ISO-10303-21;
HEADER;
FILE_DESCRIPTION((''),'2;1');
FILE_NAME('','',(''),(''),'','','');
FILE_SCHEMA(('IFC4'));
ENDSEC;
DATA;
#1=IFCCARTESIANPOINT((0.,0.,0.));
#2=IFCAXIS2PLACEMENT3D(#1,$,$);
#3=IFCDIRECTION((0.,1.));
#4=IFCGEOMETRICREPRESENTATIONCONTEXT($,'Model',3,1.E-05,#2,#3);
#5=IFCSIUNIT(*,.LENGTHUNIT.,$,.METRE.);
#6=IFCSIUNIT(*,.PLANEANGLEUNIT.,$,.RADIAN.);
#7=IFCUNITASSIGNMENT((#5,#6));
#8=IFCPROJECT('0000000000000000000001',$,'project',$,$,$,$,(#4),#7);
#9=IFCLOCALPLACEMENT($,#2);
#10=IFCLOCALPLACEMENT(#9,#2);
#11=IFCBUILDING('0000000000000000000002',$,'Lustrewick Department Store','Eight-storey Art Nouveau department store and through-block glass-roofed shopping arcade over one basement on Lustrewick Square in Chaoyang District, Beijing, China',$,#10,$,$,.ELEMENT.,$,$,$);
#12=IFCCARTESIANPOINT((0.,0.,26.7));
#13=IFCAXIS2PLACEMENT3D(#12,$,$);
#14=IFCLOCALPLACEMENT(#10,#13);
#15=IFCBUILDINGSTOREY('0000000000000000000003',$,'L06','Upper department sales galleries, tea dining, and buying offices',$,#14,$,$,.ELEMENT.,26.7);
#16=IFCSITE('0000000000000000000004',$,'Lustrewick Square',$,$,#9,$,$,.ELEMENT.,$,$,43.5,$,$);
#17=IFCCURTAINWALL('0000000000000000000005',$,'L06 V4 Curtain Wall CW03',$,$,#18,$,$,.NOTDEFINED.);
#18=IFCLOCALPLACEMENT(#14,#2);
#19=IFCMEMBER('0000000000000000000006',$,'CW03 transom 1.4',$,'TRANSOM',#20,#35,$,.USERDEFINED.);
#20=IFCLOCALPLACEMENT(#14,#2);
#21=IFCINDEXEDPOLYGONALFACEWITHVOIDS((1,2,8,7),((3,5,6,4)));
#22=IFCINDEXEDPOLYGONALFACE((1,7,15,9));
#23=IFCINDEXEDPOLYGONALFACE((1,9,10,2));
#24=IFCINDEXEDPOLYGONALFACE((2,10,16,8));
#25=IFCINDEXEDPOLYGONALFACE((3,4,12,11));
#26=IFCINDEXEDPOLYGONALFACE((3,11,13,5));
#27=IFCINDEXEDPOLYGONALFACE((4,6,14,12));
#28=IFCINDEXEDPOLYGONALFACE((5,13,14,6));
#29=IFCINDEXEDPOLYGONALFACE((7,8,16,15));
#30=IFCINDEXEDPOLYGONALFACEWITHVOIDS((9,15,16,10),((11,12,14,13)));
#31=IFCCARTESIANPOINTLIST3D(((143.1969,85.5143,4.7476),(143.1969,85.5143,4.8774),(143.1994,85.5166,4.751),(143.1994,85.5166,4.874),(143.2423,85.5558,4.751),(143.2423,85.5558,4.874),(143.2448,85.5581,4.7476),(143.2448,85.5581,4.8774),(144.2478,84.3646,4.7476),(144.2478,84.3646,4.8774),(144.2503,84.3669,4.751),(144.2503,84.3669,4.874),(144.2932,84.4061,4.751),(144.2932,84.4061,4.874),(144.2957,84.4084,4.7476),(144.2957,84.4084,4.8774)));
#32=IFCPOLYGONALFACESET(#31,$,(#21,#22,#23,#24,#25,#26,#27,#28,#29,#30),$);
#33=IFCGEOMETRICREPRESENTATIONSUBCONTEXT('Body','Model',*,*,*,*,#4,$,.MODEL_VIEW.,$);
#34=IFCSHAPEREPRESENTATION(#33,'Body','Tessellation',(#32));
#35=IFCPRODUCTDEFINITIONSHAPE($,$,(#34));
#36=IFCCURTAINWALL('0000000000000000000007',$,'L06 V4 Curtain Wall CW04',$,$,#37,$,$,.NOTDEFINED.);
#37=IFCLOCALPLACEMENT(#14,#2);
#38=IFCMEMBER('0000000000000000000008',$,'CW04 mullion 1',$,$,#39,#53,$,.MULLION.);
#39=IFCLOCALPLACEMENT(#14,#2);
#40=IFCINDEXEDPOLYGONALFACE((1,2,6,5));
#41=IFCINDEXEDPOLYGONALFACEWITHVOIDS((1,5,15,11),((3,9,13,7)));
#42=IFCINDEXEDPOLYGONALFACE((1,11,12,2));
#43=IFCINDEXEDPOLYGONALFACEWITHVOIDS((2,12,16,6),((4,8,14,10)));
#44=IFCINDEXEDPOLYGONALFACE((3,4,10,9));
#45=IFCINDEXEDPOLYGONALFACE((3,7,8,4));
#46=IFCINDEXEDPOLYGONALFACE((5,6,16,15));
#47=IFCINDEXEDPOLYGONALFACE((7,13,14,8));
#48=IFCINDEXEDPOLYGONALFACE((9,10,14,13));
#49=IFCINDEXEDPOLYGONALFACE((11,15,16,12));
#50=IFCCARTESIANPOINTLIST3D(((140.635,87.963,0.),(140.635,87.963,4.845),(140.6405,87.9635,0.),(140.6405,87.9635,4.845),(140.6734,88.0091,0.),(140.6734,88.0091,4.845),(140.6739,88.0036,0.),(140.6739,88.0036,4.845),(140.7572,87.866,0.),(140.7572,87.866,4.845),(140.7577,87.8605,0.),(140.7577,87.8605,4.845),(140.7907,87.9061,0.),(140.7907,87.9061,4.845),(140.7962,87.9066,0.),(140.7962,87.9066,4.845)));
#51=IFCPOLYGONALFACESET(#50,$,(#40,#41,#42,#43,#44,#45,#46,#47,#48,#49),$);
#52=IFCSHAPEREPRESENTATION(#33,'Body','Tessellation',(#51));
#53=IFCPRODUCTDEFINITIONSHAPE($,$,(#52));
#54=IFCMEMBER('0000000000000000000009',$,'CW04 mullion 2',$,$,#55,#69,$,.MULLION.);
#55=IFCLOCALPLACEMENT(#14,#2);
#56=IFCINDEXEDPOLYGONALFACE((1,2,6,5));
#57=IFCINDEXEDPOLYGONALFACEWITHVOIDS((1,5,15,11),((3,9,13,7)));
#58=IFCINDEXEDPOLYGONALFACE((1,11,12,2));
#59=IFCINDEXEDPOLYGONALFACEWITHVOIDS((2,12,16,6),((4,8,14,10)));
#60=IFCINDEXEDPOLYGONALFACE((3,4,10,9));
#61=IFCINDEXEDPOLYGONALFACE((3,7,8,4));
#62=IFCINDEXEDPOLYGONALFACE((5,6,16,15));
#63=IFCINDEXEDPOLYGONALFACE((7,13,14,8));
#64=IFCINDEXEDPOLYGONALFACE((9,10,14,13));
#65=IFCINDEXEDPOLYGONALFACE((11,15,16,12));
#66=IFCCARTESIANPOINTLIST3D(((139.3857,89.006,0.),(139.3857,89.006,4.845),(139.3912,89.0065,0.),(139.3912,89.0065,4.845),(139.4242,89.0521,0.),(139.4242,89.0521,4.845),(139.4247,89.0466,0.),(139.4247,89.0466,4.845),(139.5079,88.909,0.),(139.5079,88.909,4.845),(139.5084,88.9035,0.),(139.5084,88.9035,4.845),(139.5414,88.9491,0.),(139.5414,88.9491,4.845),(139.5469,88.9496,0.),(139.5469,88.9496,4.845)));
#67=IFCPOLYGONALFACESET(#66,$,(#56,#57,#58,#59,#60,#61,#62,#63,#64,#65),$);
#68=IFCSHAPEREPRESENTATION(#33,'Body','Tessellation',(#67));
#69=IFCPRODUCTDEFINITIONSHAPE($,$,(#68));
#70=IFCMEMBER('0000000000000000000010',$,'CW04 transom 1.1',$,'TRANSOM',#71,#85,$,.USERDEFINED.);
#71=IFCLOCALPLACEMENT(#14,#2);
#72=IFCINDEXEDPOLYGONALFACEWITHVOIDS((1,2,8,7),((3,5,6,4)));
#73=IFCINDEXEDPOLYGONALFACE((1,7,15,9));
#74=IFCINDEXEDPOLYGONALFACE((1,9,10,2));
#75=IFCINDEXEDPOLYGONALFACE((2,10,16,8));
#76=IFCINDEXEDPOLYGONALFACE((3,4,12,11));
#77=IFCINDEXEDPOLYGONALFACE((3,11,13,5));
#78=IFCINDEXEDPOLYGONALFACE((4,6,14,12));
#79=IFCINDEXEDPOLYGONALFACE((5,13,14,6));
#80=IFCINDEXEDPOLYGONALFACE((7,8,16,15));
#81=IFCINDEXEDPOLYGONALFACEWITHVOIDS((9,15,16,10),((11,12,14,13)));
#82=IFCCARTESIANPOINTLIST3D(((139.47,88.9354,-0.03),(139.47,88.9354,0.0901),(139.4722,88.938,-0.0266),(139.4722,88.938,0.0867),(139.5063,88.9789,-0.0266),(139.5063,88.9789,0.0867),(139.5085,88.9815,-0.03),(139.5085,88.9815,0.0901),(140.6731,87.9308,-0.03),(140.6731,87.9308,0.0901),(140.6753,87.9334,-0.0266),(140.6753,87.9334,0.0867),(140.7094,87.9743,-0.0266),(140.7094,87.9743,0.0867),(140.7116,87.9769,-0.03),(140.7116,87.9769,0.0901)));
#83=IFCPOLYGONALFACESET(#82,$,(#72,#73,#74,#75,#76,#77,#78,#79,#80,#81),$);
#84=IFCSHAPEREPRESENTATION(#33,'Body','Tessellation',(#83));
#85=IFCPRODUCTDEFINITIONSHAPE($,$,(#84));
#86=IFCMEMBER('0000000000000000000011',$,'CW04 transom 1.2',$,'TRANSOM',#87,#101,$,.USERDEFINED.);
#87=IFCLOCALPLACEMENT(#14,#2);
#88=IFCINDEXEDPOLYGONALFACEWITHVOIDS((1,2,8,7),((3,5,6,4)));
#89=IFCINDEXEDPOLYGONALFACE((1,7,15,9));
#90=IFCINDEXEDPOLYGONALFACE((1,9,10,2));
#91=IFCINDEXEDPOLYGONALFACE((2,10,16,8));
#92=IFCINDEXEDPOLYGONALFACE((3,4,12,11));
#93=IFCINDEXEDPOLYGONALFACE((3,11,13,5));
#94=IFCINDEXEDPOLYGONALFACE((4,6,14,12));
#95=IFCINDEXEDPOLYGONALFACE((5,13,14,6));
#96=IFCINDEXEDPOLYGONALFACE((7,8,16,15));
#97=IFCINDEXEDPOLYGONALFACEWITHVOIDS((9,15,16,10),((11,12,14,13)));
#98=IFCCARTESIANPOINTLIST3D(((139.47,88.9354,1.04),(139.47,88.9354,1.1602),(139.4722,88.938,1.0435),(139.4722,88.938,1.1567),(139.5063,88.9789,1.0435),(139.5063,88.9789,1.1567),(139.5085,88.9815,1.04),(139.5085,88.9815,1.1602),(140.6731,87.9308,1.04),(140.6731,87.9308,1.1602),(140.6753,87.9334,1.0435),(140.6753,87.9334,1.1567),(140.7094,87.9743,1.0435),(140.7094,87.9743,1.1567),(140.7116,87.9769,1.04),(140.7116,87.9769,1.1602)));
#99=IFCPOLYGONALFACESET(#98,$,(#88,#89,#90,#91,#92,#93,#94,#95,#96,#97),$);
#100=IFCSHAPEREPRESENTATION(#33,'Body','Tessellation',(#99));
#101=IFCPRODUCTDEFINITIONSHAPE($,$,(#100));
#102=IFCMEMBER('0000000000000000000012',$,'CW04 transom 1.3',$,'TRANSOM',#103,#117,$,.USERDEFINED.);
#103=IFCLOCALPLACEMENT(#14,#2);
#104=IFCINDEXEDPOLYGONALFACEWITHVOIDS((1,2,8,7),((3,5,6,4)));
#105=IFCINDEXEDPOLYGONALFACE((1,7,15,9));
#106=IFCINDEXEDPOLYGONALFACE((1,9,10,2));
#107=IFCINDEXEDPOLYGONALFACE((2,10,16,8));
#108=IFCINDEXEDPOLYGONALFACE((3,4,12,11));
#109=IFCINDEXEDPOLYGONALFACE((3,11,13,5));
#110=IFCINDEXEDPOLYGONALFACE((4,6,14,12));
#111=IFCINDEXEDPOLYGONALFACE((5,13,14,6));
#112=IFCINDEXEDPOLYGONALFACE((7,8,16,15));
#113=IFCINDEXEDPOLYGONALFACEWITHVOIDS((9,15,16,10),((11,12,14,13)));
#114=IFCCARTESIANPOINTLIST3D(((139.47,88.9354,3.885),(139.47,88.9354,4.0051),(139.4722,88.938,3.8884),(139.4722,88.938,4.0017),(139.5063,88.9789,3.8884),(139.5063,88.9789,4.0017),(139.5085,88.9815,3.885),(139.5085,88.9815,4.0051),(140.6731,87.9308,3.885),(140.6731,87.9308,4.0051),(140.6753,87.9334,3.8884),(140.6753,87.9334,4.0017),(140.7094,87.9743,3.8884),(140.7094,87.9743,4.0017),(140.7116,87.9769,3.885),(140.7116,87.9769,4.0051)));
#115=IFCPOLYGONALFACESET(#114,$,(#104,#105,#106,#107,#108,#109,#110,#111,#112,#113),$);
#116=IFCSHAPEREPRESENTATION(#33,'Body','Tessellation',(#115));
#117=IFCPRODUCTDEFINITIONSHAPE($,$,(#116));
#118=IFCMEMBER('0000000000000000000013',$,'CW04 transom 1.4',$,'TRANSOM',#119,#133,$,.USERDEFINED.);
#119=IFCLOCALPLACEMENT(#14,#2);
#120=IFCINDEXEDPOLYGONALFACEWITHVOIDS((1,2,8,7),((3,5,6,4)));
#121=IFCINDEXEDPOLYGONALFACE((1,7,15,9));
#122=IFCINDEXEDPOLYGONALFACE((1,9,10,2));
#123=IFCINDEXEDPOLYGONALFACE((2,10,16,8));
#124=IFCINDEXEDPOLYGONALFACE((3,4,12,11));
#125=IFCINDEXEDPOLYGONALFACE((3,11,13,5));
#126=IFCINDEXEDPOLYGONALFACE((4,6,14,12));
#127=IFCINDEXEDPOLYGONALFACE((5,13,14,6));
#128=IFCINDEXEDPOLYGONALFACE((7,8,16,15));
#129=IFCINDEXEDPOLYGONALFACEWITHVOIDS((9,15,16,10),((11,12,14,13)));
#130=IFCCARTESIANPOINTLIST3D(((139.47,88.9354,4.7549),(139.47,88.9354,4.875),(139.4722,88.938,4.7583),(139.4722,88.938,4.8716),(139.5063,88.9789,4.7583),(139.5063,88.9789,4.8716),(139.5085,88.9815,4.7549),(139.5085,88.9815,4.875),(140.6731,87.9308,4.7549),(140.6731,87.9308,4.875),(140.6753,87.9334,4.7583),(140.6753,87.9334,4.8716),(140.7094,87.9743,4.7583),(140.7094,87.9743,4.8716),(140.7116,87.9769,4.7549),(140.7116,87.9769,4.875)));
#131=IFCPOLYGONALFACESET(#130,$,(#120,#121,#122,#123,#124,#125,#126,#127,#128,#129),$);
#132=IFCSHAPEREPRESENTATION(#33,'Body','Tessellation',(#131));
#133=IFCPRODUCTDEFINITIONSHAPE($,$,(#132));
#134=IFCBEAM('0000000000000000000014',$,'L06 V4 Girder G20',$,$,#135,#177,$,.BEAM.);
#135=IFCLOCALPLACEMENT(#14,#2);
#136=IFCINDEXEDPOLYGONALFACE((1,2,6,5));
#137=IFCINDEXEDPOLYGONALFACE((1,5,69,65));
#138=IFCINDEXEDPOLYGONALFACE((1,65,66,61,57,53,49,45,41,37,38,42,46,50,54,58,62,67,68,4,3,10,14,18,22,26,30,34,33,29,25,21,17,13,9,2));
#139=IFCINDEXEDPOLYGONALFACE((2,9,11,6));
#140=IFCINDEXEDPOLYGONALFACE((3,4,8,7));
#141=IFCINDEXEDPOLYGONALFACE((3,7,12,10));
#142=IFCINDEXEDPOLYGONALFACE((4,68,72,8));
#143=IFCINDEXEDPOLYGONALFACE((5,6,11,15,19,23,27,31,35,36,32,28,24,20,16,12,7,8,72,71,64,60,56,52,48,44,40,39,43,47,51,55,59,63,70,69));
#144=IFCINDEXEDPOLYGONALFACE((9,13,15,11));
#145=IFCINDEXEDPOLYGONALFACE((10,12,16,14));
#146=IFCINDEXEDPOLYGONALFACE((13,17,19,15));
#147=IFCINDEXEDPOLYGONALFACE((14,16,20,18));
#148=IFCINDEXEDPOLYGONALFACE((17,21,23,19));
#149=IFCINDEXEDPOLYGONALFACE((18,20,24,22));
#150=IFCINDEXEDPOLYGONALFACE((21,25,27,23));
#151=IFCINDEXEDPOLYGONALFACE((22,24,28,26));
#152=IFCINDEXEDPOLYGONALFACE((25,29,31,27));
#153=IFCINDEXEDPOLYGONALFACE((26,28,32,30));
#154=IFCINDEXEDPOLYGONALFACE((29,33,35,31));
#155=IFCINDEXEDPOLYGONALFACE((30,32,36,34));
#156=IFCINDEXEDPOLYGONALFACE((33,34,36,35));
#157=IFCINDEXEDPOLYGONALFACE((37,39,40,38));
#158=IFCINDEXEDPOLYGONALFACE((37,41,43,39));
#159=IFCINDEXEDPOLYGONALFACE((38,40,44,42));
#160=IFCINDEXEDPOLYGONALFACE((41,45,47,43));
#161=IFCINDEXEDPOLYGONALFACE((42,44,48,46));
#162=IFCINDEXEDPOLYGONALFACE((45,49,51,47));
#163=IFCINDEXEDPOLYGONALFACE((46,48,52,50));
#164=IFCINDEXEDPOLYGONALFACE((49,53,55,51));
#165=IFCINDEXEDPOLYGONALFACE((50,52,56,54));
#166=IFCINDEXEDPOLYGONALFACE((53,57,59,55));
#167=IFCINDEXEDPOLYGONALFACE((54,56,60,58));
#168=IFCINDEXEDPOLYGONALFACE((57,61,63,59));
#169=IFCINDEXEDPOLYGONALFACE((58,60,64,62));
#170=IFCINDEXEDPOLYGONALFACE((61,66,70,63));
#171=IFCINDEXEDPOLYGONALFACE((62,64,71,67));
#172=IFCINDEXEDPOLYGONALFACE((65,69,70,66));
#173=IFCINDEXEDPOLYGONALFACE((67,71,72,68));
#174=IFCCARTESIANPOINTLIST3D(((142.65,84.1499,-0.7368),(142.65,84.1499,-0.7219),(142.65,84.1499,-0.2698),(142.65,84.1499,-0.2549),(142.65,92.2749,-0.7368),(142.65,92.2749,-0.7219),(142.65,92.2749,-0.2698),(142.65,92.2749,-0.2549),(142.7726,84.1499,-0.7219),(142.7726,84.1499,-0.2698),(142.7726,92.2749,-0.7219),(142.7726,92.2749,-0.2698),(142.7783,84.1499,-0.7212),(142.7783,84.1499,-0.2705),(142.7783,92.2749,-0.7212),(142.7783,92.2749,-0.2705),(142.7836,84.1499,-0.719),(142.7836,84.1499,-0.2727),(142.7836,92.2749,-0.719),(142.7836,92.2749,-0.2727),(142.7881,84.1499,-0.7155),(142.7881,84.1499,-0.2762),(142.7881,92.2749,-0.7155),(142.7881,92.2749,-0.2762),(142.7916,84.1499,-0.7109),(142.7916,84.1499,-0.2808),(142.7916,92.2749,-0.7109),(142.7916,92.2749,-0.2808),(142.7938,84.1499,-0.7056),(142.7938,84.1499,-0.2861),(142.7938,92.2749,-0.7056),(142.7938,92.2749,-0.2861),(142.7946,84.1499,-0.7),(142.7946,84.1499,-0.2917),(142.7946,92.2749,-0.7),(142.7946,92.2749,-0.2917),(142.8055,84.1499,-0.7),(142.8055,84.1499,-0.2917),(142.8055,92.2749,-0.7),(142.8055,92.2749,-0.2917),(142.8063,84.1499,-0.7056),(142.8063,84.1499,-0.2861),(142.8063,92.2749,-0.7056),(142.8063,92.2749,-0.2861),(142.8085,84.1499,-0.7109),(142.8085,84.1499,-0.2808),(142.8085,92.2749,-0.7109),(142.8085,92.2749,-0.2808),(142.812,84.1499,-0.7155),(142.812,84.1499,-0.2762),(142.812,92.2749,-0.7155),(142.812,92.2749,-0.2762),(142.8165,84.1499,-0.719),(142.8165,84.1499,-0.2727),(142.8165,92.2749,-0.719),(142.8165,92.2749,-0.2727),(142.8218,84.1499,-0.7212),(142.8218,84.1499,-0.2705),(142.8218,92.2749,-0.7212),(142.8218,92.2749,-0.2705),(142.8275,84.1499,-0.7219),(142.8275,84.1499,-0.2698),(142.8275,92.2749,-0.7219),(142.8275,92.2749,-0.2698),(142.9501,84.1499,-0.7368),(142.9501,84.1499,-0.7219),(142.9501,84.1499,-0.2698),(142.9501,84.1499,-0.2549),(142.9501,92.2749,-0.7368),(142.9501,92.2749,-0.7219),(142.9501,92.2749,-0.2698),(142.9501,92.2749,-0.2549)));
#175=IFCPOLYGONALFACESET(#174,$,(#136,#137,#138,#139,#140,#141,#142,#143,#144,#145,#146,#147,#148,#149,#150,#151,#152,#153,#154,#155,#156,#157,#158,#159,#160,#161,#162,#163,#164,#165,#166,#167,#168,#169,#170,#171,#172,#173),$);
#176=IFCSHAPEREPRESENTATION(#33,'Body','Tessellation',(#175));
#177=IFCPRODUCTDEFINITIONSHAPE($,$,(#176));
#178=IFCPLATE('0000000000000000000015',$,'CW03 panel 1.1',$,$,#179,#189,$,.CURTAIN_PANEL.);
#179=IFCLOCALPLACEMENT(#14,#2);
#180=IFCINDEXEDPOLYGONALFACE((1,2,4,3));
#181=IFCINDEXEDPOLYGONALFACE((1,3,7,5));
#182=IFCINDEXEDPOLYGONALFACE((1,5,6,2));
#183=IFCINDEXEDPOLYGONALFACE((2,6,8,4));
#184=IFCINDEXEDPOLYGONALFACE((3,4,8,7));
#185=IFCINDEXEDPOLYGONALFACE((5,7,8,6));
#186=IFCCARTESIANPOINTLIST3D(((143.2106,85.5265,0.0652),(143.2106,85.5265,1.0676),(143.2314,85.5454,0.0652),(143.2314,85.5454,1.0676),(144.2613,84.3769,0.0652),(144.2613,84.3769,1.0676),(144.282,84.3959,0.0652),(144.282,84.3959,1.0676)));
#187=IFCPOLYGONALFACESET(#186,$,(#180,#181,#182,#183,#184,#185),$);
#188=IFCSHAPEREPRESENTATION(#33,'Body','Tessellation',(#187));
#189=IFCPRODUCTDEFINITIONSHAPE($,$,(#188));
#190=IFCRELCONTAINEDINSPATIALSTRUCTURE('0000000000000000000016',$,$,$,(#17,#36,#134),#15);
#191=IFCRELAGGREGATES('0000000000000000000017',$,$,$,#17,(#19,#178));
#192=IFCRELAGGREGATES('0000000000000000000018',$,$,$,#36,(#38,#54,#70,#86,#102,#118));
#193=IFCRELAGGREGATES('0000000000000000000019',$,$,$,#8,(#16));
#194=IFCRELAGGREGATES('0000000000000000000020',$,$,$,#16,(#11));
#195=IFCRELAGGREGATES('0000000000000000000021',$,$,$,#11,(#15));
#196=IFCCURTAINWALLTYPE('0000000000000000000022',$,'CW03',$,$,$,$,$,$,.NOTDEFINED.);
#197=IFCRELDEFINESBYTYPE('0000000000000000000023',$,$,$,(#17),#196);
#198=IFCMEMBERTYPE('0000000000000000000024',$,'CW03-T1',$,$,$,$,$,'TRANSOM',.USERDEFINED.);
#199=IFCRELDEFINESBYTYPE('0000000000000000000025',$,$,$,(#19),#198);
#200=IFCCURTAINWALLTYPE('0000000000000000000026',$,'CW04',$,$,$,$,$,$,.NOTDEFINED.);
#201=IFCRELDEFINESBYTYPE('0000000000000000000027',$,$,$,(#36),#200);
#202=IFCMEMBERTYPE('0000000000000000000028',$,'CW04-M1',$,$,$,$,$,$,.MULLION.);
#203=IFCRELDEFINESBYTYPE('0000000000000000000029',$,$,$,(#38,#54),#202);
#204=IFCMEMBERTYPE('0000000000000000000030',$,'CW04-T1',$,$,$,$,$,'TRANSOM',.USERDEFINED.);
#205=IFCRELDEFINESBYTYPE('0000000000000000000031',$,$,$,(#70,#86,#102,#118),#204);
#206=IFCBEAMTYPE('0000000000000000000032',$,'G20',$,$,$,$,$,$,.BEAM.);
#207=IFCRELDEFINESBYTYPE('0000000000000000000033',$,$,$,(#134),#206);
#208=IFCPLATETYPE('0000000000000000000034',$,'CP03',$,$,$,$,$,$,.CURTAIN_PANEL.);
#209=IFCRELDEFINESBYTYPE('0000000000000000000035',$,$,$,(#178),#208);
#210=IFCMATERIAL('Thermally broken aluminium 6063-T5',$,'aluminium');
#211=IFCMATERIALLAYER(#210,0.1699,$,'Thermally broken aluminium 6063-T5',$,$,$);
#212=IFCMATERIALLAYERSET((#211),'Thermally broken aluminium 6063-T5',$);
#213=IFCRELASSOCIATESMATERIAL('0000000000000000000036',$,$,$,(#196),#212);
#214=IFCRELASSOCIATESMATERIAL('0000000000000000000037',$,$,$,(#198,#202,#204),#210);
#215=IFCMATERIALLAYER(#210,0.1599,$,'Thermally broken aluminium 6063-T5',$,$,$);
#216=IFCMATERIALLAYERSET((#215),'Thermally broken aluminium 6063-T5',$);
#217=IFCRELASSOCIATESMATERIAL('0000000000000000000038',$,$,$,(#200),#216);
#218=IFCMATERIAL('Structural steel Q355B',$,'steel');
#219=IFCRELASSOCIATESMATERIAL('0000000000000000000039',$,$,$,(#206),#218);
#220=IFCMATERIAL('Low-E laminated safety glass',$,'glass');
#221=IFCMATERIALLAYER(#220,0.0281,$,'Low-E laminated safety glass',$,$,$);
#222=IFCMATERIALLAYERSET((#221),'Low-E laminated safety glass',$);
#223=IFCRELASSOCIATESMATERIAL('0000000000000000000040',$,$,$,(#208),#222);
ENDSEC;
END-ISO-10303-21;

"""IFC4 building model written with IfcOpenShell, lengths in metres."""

from ifc_helpers import new_model, si_unit, direction, frame, origin, origin_2d, place, context, subcontext, project, spatial, rectangle, hollow_rectangle, i_section, extrude, material, layer, layer_set, material_profile, profile_set, type_object, element, aggregate, save


model = new_model("IFC4")

# Units and contexts
model_context = context("Model", 3, precision=1e-05, world=origin(), true_north=direction((0.0, 1.0)))
body_context = subcontext(model_context, "Body", "Model", "MODEL_VIEW")
ifc_project = project(units=[si_unit("LENGTHUNIT", "METRE"), si_unit("PLANEANGLEUNIT", "RADIAN")], contexts=[model_context])

# Site, building, storey
site_placement = place(None, origin())
site = spatial("IfcSite", under=ifc_project, at=site_placement, Name="Lustrewick Square", CompositionType="ELEMENT", RefElevation=43.5)
building_placement = place(site_placement, origin())
building = spatial("IfcBuilding", under=site, at=building_placement, Name="Lustrewick Department Store", Description="Eight-storey Art Nouveau department store and through-block glass-roofed shopping arcade over one basement on Lustrewick Square in Chaoyang District, Beijing, China", CompositionType="ELEMENT")
storey_placement = place(building_placement, frame((0.0, 0.0, 26.7)))
storey = spatial("IfcBuildingStorey", under=building, at=storey_placement, Name="L06", Description="Upper department sales galleries, tea dining, and buying offices", CompositionType="ELEMENT", Elevation=26.7)

# Shared definitions
ifc_material_1 = material(Name="Structural steel Q355B", Category="steel")

# Curtain walls, members
ifc_material_2 = material(Name="Thermally broken aluminium 6063-T5", Category="aluminium")
ifc_layer_1 = layer(ifc_material_2, 0.1699, Name="Thermally broken aluminium 6063-T5")
ifc_layer_set_1 = layer_set([ifc_layer_1], Name="Thermally broken aluminium 6063-T5")
curtain_wall_type_1 = type_object("IfcCurtainWallType", Name="CW03", PredefinedType="NOTDEFINED", material=ifc_layer_set_1)
curtain_wall_1_placement = place(storey_placement, origin())
curtain_wall_1 = element("IfcCurtainWall", 1, at=curtain_wall_1_placement, inside=storey, type_object=curtain_wall_type_1, Name="L06 V4 Curtain Wall CW03", PredefinedType="NOTDEFINED")
ifc_material_profile_1 = material_profile(ifc_material_2, hollow_rectangle(XDim=0.0649, YDim=0.1299, WallThickness=0.0034, at=origin_2d()), Name="ALU-T 65x130x3.5")
ifc_profile_set_1 = profile_set([ifc_material_profile_1], Name="Thermally broken aluminium 6063-T5")
member_type_1 = type_object("IfcMemberType", Name="CW03-T1", ElementType="TRANSOM", PredefinedType="USERDEFINED", material=ifc_profile_set_1)
member_1_placement = place(storey_placement, frame((144.2717, 84.3865, 4.8125), z_axis=(-0.674652, 0.738136, 0.0), x_axis=(-0.738136, -0.674652, 0.0)))
member_1 = element("IfcMember", 2, at=member_1_placement, type_object=member_type_1, Name="CW03 transom 1.4", ObjectType="TRANSOM", PredefinedType="USERDEFINED", context=body_context, shape_type="SweptSolid", body=[
    extrude(hollow_rectangle(XDim=0.0649, YDim=0.1299, WallThickness=0.0034, at=origin_2d()), origin(), (0.0, 0.0, 1.0), 1.5576),
])
ifc_layer_2 = layer(ifc_material_2, 0.1599, Name="Thermally broken aluminium 6063-T5")
ifc_layer_set_2 = layer_set([ifc_layer_2], Name="Thermally broken aluminium 6063-T5")
curtain_wall_type_2 = type_object("IfcCurtainWallType", Name="CW04", PredefinedType="NOTDEFINED", material=ifc_layer_set_2)
curtain_wall_2_placement = place(storey_placement, origin())
curtain_wall_2 = element("IfcCurtainWall", 3, at=curtain_wall_2_placement, inside=storey, type_object=curtain_wall_type_2, Name="L06 V4 Curtain Wall CW04", PredefinedType="NOTDEFINED")
ifc_material_profile_2 = material_profile(ifc_material_2, hollow_rectangle(XDim=0.0601, YDim=0.1599, WallThickness=0.0039, at=origin_2d()), Name="ALU-M 60x160x4")
ifc_profile_set_2 = profile_set([ifc_material_profile_2], Name="Thermally broken aluminium 6063-T5")
member_type_2 = type_object("IfcMemberType", Name="CW04-M1", PredefinedType="MULLION", material=ifc_profile_set_2)
member_2_placement = place(storey_placement, frame((140.7156, 87.9348, 0.0), z_axis=(0.0, 0.0, 1.0), x_axis=(-0.640878, -0.767643, 0.0)))
member_2 = element("IfcMember", 4, at=member_2_placement, type_object=member_type_2, Name="CW04 mullion 1", PredefinedType="MULLION", context=body_context, shape_type="SweptSolid", body=[
    extrude(hollow_rectangle(XDim=0.0601, YDim=0.1599, WallThickness=0.0039, at=origin_2d()), origin(), (0.0, 0.0, 1.0), 4.845),
])
member_3_placement = place(storey_placement, frame((139.4663, 88.9778, 0.0), z_axis=(0.0, 0.0, 1.0), x_axis=(-0.640878, -0.767643, 0.0)))
member_3 = element("IfcMember", 5, at=member_3_placement, type_object=member_type_2, Name="CW04 mullion 2", PredefinedType="MULLION", context=body_context, shape_type="SweptSolid", body=[
    extrude(hollow_rectangle(XDim=0.0601, YDim=0.1599, WallThickness=0.0039, at=origin_2d()), origin(), (0.0, 0.0, 1.0), 4.845),
])
ifc_material_profile_3 = material_profile(ifc_material_2, hollow_rectangle(XDim=0.0601, YDim=0.1201, WallThickness=0.0034, at=origin_2d()), Name="ALU-T 60x120x3.5")
ifc_profile_set_3 = profile_set([ifc_material_profile_3], Name="Thermally broken aluminium 6063-T5")
member_type_3 = type_object("IfcMemberType", Name="CW04-T1", ElementType="TRANSOM", PredefinedType="USERDEFINED", material=ifc_profile_set_3)
member_4_placement = place(storey_placement, frame((140.6924, 87.9539, 0.03), z_axis=(-0.767583, 0.64095, 0.0), x_axis=(-0.64095, -0.767583, 0.0)))
member_4 = element("IfcMember", 6, at=member_4_placement, type_object=member_type_3, Name="CW04 transom 1.1", ObjectType="TRANSOM", PredefinedType="USERDEFINED", context=body_context, shape_type="SweptSolid", body=[
    extrude(hollow_rectangle(XDim=0.0601, YDim=0.1201, WallThickness=0.0034, at=origin_2d()), origin(), (0.0, 0.0, 1.0), 1.5674),
])
member_5_placement = place(storey_placement, frame((140.6924, 87.9539, 1.1001), z_axis=(-0.767583, 0.64095, 0.0), x_axis=(-0.64095, -0.767583, 0.0)))
member_5 = element("IfcMember", 7, at=member_5_placement, type_object=member_type_3, Name="CW04 transom 1.2", ObjectType="TRANSOM", PredefinedType="USERDEFINED", context=body_context, shape_type="SweptSolid", body=[
    extrude(hollow_rectangle(XDim=0.0601, YDim=0.1201, WallThickness=0.0034, at=origin_2d()), origin(), (0.0, 0.0, 1.0), 1.5674),
])
member_6_placement = place(storey_placement, frame((140.6924, 87.9539, 3.9451), z_axis=(-0.767583, 0.64095, 0.0), x_axis=(-0.64095, -0.767583, 0.0)))
member_6 = element("IfcMember", 8, at=member_6_placement, type_object=member_type_3, Name="CW04 transom 1.3", ObjectType="TRANSOM", PredefinedType="USERDEFINED", context=body_context, shape_type="SweptSolid", body=[
    extrude(hollow_rectangle(XDim=0.0601, YDim=0.1201, WallThickness=0.0034, at=origin_2d()), origin(), (0.0, 0.0, 1.0), 1.5674),
])
member_7_placement = place(storey_placement, frame((140.6924, 87.9539, 4.8149), z_axis=(-0.767583, 0.64095, 0.0), x_axis=(-0.64095, -0.767583, 0.0)))
member_7 = element("IfcMember", 9, at=member_7_placement, type_object=member_type_3, Name="CW04 transom 1.4", ObjectType="TRANSOM", PredefinedType="USERDEFINED", context=body_context, shape_type="SweptSolid", body=[
    extrude(hollow_rectangle(XDim=0.0601, YDim=0.1201, WallThickness=0.0034, at=origin_2d()), origin(), (0.0, 0.0, 1.0), 1.5674),
])

# Beam
ifc_material_profile_4 = material_profile(ifc_material_1, i_section(OverallWidth=0.3, OverallDepth=0.4819, WebThickness=0.011, FlangeThickness=0.0149, FilletRadius=0.022, at=origin_2d()), Name="HM 482x300x11x15")
ifc_profile_set_4 = profile_set([ifc_material_profile_4], Name="Structural steel Q355B")
beam_type_1 = type_object("IfcBeamType", Name="G20", PredefinedType="BEAM", material=ifc_profile_set_4)
beam_1_placement = place(storey_placement, frame((142.8, 84.1499, -0.4958), z_axis=(0.0, 1.0, 0.0), x_axis=(-1.0, 0.0, 0.0)))
element("IfcBeam", 10, at=beam_1_placement, inside=storey, type_object=beam_type_1, Name="L06 V4 Girder G20", PredefinedType="BEAM", context=body_context, shape_type="SweptSolid", body=[
    extrude(i_section(OverallWidth=0.3, OverallDepth=0.4819, WebThickness=0.011, FlangeThickness=0.0149, FilletRadius=0.022, at=origin_2d()), origin(), (0.0, 0.0, 1.0), 8.125),
])

# Plate
ifc_material_3 = material(Name="Low-E laminated safety glass", Category="glass")
ifc_layer_3 = layer(ifc_material_3, 0.0281, Name="Low-E laminated safety glass")
ifc_layer_set_3 = layer_set([ifc_layer_3], Name="Low-E laminated safety glass")
plate_type_1 = type_object("IfcPlateType", Name="CP03", PredefinedType="CURTAIN_PANEL", material=ifc_layer_set_3)
plate_1_placement = place(storey_placement, frame((143.7463, 84.9612, 0.0652), z_axis=(0.0, 0.0, 1.0), x_axis=(-0.674659, 0.73813, 0.0)))
plate_1 = element("IfcPlate", 11, at=plate_1_placement, type_object=plate_type_1, Name="CW03 panel 1.1", PredefinedType="CURTAIN_PANEL", context=body_context, shape_type="SweptSolid", body=[
    extrude(rectangle(XDim=1.5574, YDim=0.0281, at=origin_2d()), origin(), (0.0, 0.0, 1.0), 1.0024),
])
aggregate(curtain_wall_1, [member_1, plate_1])
aggregate(curtain_wall_2, [member_2, member_3, member_4, member_5, member_6, member_7])

save(model, "model.ifc")
